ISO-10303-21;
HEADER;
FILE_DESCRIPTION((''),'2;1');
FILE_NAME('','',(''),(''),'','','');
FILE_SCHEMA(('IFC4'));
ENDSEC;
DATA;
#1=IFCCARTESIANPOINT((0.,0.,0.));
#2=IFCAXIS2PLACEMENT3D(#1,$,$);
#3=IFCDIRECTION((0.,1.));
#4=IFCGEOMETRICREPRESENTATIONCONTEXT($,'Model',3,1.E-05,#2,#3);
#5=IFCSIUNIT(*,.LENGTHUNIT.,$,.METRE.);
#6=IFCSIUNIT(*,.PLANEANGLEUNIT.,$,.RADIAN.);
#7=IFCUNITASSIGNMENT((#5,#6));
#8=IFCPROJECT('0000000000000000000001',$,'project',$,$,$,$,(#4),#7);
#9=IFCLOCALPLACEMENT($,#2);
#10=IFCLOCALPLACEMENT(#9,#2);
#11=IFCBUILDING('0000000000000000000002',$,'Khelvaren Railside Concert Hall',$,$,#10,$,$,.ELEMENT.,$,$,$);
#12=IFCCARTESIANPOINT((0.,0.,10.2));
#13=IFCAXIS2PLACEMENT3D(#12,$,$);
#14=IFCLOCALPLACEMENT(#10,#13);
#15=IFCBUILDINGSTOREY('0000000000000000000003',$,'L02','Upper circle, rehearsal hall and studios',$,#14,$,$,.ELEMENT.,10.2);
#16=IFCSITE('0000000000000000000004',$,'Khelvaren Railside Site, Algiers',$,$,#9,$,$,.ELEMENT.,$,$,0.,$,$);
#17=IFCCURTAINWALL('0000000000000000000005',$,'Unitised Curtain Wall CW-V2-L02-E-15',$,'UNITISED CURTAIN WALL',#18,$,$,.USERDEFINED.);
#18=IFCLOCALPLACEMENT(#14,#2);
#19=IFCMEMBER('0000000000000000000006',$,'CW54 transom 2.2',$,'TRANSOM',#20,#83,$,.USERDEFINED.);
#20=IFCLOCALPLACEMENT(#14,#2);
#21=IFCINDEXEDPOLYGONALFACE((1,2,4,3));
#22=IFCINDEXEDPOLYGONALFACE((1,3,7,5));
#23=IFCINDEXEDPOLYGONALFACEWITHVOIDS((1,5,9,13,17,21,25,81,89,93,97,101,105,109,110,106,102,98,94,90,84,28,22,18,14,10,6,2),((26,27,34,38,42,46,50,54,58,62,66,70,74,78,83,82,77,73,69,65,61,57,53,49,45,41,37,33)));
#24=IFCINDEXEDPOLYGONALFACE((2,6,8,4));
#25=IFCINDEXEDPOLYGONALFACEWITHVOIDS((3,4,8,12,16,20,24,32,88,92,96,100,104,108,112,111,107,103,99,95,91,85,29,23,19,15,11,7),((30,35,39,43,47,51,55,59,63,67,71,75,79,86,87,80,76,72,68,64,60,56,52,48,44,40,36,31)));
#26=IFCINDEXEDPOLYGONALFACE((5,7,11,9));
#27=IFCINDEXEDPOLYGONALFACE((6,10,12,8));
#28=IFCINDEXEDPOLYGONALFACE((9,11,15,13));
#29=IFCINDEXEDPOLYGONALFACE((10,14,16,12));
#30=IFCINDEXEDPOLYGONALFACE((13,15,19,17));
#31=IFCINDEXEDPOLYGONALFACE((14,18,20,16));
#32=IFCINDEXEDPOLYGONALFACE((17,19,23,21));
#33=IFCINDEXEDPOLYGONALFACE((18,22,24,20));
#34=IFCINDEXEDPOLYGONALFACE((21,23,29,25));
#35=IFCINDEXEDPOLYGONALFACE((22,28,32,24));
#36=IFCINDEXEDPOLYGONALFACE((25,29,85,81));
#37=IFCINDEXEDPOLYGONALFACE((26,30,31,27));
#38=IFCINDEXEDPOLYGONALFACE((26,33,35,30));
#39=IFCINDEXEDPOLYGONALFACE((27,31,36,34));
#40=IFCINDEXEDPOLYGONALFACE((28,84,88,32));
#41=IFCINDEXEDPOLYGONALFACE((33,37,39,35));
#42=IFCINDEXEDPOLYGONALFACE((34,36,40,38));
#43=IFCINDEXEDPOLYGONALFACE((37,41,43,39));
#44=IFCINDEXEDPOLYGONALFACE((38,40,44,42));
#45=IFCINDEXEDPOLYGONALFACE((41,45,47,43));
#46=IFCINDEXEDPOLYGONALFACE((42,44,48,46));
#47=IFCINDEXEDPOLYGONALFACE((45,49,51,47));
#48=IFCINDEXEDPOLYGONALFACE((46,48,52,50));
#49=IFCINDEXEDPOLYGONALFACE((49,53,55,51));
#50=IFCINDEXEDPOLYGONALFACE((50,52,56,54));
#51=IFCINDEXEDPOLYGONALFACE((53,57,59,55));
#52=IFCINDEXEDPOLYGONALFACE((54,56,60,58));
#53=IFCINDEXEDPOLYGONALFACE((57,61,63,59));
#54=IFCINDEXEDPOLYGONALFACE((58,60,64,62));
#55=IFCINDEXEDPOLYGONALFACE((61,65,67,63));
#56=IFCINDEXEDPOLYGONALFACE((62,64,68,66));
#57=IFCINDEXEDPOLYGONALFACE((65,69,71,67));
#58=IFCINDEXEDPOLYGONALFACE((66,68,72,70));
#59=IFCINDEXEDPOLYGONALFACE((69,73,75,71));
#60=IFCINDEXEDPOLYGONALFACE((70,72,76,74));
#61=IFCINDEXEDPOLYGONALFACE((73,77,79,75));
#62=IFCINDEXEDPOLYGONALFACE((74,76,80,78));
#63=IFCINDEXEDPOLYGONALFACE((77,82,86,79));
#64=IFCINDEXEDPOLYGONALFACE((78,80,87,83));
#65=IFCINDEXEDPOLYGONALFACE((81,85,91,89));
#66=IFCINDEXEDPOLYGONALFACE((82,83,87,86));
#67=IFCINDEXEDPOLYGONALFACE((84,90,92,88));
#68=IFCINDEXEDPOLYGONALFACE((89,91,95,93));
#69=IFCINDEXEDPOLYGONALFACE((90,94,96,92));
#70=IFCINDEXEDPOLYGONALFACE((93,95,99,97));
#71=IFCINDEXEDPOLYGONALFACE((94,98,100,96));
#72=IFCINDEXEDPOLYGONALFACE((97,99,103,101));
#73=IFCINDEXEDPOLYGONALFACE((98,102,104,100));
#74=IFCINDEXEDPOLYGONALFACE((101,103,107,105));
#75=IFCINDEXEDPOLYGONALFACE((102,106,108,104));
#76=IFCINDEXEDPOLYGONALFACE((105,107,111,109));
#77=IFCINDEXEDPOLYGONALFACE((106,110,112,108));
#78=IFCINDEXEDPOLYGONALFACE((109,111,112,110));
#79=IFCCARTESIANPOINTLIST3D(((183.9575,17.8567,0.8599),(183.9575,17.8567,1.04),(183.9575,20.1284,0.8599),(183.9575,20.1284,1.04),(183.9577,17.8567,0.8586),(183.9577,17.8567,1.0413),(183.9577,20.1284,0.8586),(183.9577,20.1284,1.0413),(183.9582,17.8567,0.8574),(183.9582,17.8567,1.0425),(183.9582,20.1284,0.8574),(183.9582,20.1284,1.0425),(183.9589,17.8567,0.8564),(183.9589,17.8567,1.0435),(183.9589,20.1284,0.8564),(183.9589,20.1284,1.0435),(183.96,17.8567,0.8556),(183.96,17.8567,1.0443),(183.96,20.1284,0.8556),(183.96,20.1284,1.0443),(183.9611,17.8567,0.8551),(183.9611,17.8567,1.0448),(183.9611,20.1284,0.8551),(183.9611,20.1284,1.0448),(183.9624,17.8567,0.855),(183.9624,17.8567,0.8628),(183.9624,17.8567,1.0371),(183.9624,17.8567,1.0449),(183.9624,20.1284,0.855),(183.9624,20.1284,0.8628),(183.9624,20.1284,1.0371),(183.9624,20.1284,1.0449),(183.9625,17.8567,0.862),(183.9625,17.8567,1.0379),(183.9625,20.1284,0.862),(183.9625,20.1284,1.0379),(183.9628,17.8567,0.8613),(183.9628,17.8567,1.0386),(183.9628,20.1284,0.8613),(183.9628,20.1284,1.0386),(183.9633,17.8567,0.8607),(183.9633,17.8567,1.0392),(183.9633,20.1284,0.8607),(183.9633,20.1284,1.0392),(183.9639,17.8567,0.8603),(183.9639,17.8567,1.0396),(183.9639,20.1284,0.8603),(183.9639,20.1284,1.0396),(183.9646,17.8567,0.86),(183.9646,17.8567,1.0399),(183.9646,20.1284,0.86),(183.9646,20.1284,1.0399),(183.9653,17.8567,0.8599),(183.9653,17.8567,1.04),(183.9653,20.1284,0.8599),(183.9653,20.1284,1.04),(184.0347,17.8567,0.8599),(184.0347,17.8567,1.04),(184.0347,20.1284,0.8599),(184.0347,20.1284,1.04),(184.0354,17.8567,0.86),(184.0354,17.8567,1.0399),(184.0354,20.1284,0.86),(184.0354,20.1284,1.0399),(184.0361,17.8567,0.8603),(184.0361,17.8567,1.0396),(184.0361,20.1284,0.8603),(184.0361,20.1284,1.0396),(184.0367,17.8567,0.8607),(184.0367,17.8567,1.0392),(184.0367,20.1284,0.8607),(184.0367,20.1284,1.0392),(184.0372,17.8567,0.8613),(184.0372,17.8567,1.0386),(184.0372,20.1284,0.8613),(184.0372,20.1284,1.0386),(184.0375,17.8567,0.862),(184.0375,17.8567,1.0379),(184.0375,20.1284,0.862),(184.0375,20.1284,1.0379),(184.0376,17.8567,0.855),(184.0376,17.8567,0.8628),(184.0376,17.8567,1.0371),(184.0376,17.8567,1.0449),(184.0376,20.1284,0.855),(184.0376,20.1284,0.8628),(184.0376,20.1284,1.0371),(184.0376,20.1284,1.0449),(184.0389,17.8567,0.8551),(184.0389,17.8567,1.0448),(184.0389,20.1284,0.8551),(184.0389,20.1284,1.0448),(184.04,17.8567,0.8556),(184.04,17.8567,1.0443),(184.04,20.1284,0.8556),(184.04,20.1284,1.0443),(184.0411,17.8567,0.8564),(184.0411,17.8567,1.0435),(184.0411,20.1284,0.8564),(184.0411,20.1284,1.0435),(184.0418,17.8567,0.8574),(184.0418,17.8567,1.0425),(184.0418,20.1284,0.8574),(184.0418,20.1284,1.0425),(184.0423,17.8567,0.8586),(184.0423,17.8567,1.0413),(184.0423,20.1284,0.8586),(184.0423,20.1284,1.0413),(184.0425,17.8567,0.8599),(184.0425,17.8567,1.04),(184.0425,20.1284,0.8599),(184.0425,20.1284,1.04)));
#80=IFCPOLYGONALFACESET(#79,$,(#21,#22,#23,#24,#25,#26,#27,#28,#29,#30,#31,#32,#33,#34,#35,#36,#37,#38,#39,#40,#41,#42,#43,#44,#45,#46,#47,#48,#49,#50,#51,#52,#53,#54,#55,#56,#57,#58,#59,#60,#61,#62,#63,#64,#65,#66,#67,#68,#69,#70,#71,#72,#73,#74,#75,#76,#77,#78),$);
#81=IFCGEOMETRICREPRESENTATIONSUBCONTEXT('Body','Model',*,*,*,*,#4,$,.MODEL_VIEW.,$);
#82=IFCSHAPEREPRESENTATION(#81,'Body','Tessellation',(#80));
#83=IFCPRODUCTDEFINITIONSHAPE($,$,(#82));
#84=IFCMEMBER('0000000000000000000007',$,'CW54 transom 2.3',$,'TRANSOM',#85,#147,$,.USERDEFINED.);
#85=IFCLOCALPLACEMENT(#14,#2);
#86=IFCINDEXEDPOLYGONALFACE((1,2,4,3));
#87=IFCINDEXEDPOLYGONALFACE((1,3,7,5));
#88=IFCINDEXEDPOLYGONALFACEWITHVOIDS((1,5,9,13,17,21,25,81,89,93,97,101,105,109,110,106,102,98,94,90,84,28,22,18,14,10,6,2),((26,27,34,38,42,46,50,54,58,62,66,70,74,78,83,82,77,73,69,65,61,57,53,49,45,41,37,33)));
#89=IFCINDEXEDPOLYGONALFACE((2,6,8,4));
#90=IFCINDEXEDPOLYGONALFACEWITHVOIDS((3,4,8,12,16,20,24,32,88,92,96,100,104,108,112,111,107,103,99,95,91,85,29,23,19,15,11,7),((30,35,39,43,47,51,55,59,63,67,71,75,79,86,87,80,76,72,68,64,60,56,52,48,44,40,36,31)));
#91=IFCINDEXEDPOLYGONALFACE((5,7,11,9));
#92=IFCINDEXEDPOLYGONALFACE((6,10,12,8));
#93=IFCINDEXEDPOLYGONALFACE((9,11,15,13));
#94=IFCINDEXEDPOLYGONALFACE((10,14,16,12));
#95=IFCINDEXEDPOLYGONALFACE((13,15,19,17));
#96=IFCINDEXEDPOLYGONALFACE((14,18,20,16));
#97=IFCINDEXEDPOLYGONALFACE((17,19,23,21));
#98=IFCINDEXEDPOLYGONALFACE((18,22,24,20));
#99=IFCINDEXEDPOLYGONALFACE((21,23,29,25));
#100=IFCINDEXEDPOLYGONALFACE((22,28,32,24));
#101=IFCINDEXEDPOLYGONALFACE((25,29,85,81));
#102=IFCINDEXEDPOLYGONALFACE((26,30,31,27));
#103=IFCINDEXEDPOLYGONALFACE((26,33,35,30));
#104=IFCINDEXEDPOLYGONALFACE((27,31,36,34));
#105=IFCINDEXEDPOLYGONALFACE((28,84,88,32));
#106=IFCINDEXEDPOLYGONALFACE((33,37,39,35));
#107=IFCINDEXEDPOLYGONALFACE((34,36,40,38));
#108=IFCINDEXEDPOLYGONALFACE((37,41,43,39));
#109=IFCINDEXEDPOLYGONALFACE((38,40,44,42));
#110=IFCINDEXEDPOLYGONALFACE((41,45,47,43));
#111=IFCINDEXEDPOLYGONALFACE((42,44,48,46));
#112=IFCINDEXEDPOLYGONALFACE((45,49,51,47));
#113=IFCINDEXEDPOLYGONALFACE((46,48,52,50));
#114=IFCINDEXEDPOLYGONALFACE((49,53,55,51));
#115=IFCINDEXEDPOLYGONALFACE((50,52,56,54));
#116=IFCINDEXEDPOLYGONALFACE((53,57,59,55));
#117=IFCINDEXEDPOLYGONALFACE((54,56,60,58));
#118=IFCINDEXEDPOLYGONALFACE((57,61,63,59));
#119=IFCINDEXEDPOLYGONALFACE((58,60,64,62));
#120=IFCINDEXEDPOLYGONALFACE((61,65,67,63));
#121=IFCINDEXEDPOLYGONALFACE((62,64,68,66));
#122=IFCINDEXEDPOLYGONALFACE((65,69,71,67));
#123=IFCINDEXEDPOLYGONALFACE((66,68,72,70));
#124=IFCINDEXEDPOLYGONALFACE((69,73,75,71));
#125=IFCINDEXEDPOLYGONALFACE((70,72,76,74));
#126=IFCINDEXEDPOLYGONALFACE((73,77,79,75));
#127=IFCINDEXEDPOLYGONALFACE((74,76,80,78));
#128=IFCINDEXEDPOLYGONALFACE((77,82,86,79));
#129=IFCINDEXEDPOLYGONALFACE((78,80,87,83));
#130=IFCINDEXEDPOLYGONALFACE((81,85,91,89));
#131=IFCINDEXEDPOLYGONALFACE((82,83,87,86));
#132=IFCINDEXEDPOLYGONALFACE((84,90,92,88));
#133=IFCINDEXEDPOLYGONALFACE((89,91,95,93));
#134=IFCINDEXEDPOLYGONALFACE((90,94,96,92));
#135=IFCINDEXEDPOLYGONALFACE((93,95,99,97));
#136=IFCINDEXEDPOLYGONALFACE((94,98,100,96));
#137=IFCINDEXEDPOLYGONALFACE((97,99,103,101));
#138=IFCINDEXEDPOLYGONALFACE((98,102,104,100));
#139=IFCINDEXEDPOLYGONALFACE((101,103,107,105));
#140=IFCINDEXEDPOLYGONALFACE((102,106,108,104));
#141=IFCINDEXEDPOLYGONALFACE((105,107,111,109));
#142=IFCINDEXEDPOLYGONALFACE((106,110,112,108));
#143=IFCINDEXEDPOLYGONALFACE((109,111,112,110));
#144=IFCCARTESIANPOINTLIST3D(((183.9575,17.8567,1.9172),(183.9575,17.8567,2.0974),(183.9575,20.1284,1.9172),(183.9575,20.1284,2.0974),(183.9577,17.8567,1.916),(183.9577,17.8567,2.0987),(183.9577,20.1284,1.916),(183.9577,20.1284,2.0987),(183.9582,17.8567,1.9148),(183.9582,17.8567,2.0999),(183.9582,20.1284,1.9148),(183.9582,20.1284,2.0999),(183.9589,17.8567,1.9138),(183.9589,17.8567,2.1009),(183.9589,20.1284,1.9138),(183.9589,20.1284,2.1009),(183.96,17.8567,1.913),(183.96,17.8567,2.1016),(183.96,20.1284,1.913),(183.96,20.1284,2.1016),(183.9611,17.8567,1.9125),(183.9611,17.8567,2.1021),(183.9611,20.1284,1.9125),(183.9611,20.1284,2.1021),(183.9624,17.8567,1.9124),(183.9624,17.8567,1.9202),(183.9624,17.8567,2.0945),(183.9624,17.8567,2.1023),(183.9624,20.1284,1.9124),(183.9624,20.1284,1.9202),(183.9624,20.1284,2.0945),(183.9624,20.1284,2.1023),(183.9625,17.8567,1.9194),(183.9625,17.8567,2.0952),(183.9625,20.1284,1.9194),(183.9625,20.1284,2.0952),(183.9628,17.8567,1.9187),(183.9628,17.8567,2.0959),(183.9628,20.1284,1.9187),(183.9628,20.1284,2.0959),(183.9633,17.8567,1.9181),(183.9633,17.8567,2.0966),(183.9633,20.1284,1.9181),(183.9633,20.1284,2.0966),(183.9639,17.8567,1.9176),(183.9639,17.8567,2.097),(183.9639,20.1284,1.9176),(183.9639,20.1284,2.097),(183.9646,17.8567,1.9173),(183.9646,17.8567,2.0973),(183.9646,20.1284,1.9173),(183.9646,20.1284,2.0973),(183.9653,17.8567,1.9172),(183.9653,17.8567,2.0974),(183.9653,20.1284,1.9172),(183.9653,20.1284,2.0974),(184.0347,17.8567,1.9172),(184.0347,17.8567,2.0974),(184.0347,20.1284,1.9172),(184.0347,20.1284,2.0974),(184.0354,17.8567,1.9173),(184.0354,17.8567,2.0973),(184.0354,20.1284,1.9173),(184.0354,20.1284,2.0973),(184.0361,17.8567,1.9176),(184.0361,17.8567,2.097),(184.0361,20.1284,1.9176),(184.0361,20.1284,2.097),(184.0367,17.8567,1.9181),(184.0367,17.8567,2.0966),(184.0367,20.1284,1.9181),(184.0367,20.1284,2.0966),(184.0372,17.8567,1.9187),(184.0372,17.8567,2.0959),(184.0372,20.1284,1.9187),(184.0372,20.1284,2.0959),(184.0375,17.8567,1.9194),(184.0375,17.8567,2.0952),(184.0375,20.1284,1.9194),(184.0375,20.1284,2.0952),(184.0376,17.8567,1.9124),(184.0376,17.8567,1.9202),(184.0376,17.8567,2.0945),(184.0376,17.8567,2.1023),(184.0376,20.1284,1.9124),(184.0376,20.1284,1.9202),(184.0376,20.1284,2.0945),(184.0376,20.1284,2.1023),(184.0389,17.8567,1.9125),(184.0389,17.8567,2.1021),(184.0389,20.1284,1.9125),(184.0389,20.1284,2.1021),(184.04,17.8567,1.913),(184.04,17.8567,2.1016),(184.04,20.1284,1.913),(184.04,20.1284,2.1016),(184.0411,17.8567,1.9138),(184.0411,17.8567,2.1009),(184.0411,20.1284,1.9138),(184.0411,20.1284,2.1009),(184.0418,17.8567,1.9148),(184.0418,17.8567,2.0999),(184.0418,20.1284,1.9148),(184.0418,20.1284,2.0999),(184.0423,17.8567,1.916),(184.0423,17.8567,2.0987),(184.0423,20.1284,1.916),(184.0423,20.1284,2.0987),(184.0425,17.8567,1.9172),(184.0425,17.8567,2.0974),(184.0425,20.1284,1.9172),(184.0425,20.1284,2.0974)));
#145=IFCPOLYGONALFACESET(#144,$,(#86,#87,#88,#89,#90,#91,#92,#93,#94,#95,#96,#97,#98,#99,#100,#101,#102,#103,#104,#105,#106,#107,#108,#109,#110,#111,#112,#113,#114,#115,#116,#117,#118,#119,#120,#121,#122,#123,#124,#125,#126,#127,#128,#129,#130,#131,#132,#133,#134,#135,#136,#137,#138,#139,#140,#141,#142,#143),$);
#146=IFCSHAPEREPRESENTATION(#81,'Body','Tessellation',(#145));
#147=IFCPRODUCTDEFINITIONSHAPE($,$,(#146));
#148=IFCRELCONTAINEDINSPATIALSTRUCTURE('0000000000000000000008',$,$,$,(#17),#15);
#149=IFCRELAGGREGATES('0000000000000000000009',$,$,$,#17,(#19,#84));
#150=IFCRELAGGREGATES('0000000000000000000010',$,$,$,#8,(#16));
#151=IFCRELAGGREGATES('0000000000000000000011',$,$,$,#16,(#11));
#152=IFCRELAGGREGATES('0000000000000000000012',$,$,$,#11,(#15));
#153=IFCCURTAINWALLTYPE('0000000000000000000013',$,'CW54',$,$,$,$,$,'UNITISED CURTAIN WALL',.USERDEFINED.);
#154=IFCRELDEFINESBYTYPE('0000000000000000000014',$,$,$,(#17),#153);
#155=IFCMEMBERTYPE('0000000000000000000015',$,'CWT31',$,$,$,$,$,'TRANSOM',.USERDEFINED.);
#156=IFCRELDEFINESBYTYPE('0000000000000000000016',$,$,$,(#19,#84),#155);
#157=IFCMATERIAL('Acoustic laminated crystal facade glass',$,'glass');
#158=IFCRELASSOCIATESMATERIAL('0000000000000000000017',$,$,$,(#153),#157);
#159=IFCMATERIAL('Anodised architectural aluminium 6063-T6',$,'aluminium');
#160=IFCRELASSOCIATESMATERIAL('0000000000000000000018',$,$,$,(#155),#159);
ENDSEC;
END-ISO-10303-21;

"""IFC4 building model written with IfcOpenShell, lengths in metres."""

from ifc_helpers import new_model, si_unit, direction, frame, origin, origin_2d, place, context, subcontext, project, spatial, hollow_rectangle, extrude, material, material_profile, profile_set, type_object, element, aggregate, save


model = new_model("IFC4")

# Units and contexts
model_context = context("Model", 3, precision=1e-05, world=origin(), true_north=direction((0.0, 1.0)))
body_context = subcontext(model_context, "Body", "Model", "MODEL_VIEW")
ifc_project = project(units=[si_unit("LENGTHUNIT", "METRE"), si_unit("PLANEANGLEUNIT", "RADIAN")], contexts=[model_context])

# Site, building, storey
site_placement = place(None, origin())
site = spatial("IfcSite", under=ifc_project, at=site_placement, Name="Khelvaren Railside Site, Algiers", CompositionType="ELEMENT", RefElevation=0.0)
building_placement = place(site_placement, origin())
building = spatial("IfcBuilding", under=site, at=building_placement, Name="Khelvaren Railside Concert Hall", CompositionType="ELEMENT")
storey_placement = place(building_placement, frame((0.0, 0.0, 10.2)))
storey = spatial("IfcBuildingStorey", under=building, at=storey_placement, Name="L02", Description="Upper circle, rehearsal hall and studios", CompositionType="ELEMENT", Elevation=10.2)

# Curtain wall, members
ifc_material_1 = material(Name="Acoustic laminated crystal facade glass", Category="glass")
curtain_wall_type = type_object("IfcCurtainWallType", Name="CW54", ElementType="UNITISED CURTAIN WALL", PredefinedType="USERDEFINED", material=ifc_material_1)
curtain_wall_placement = place(storey_placement, origin())
curtain_wall = element("IfcCurtainWall", 1, at=curtain_wall_placement, inside=storey, type_object=curtain_wall_type, Name="Unitised Curtain Wall CW-V2-L02-E-15", ObjectType="UNITISED CURTAIN WALL", PredefinedType="USERDEFINED")
ifc_material_2 = material(Name="Anodised architectural aluminium 6063-T6", Category="aluminium")
ifc_material_profile_1 = material_profile(ifc_material_2, hollow_rectangle(XDim=0.085, YDim=0.1899, WallThickness=0.0049, InnerFilletRadius=0.0029, OuterFilletRadius=0.0049, at=origin_2d()), Name="CWT 85x190x5")
ifc_profile_set_1 = profile_set([ifc_material_profile_1], Name="Anodised architectural aluminium 6063-T6")
member_type_1 = type_object("IfcMemberType", Name="CWT31", ElementType="TRANSOM", PredefinedType="USERDEFINED", material=ifc_profile_set_1)
member_1_placement = place(storey_placement, frame((184.0, 20.1284, 0.95), z_axis=(0.0, -1.0, 0.0), x_axis=(1.0, 0.0, 0.0)))
member_1 = element("IfcMember", 2, at=member_1_placement, type_object=member_type_1, Name="CW54 transom 2.2", ObjectType="TRANSOM", PredefinedType="USERDEFINED", context=body_context, shape_type="SweptSolid", body=[
    extrude(hollow_rectangle(XDim=0.085, YDim=0.1899, WallThickness=0.0049, InnerFilletRadius=0.0029, OuterFilletRadius=0.0049, at=origin_2d()), origin(), (0.0, 0.0, 1.0), 2.2717),
])
member_2_placement = place(storey_placement, frame((184.0, 20.1284, 2.0073), z_axis=(0.0, -1.0, 0.0), x_axis=(1.0, 0.0, 0.0)))
member_2 = element("IfcMember", 3, at=member_2_placement, type_object=member_type_1, Name="CW54 transom 2.3", ObjectType="TRANSOM", PredefinedType="USERDEFINED", context=body_context, shape_type="SweptSolid", body=[
    extrude(hollow_rectangle(XDim=0.085, YDim=0.1899, WallThickness=0.0049, InnerFilletRadius=0.0029, OuterFilletRadius=0.0049, at=origin_2d()), origin(), (0.0, 0.0, 1.0), 2.2717),
])
aggregate(curtain_wall, [member_1, member_2])

save(model, "model.ifc")
